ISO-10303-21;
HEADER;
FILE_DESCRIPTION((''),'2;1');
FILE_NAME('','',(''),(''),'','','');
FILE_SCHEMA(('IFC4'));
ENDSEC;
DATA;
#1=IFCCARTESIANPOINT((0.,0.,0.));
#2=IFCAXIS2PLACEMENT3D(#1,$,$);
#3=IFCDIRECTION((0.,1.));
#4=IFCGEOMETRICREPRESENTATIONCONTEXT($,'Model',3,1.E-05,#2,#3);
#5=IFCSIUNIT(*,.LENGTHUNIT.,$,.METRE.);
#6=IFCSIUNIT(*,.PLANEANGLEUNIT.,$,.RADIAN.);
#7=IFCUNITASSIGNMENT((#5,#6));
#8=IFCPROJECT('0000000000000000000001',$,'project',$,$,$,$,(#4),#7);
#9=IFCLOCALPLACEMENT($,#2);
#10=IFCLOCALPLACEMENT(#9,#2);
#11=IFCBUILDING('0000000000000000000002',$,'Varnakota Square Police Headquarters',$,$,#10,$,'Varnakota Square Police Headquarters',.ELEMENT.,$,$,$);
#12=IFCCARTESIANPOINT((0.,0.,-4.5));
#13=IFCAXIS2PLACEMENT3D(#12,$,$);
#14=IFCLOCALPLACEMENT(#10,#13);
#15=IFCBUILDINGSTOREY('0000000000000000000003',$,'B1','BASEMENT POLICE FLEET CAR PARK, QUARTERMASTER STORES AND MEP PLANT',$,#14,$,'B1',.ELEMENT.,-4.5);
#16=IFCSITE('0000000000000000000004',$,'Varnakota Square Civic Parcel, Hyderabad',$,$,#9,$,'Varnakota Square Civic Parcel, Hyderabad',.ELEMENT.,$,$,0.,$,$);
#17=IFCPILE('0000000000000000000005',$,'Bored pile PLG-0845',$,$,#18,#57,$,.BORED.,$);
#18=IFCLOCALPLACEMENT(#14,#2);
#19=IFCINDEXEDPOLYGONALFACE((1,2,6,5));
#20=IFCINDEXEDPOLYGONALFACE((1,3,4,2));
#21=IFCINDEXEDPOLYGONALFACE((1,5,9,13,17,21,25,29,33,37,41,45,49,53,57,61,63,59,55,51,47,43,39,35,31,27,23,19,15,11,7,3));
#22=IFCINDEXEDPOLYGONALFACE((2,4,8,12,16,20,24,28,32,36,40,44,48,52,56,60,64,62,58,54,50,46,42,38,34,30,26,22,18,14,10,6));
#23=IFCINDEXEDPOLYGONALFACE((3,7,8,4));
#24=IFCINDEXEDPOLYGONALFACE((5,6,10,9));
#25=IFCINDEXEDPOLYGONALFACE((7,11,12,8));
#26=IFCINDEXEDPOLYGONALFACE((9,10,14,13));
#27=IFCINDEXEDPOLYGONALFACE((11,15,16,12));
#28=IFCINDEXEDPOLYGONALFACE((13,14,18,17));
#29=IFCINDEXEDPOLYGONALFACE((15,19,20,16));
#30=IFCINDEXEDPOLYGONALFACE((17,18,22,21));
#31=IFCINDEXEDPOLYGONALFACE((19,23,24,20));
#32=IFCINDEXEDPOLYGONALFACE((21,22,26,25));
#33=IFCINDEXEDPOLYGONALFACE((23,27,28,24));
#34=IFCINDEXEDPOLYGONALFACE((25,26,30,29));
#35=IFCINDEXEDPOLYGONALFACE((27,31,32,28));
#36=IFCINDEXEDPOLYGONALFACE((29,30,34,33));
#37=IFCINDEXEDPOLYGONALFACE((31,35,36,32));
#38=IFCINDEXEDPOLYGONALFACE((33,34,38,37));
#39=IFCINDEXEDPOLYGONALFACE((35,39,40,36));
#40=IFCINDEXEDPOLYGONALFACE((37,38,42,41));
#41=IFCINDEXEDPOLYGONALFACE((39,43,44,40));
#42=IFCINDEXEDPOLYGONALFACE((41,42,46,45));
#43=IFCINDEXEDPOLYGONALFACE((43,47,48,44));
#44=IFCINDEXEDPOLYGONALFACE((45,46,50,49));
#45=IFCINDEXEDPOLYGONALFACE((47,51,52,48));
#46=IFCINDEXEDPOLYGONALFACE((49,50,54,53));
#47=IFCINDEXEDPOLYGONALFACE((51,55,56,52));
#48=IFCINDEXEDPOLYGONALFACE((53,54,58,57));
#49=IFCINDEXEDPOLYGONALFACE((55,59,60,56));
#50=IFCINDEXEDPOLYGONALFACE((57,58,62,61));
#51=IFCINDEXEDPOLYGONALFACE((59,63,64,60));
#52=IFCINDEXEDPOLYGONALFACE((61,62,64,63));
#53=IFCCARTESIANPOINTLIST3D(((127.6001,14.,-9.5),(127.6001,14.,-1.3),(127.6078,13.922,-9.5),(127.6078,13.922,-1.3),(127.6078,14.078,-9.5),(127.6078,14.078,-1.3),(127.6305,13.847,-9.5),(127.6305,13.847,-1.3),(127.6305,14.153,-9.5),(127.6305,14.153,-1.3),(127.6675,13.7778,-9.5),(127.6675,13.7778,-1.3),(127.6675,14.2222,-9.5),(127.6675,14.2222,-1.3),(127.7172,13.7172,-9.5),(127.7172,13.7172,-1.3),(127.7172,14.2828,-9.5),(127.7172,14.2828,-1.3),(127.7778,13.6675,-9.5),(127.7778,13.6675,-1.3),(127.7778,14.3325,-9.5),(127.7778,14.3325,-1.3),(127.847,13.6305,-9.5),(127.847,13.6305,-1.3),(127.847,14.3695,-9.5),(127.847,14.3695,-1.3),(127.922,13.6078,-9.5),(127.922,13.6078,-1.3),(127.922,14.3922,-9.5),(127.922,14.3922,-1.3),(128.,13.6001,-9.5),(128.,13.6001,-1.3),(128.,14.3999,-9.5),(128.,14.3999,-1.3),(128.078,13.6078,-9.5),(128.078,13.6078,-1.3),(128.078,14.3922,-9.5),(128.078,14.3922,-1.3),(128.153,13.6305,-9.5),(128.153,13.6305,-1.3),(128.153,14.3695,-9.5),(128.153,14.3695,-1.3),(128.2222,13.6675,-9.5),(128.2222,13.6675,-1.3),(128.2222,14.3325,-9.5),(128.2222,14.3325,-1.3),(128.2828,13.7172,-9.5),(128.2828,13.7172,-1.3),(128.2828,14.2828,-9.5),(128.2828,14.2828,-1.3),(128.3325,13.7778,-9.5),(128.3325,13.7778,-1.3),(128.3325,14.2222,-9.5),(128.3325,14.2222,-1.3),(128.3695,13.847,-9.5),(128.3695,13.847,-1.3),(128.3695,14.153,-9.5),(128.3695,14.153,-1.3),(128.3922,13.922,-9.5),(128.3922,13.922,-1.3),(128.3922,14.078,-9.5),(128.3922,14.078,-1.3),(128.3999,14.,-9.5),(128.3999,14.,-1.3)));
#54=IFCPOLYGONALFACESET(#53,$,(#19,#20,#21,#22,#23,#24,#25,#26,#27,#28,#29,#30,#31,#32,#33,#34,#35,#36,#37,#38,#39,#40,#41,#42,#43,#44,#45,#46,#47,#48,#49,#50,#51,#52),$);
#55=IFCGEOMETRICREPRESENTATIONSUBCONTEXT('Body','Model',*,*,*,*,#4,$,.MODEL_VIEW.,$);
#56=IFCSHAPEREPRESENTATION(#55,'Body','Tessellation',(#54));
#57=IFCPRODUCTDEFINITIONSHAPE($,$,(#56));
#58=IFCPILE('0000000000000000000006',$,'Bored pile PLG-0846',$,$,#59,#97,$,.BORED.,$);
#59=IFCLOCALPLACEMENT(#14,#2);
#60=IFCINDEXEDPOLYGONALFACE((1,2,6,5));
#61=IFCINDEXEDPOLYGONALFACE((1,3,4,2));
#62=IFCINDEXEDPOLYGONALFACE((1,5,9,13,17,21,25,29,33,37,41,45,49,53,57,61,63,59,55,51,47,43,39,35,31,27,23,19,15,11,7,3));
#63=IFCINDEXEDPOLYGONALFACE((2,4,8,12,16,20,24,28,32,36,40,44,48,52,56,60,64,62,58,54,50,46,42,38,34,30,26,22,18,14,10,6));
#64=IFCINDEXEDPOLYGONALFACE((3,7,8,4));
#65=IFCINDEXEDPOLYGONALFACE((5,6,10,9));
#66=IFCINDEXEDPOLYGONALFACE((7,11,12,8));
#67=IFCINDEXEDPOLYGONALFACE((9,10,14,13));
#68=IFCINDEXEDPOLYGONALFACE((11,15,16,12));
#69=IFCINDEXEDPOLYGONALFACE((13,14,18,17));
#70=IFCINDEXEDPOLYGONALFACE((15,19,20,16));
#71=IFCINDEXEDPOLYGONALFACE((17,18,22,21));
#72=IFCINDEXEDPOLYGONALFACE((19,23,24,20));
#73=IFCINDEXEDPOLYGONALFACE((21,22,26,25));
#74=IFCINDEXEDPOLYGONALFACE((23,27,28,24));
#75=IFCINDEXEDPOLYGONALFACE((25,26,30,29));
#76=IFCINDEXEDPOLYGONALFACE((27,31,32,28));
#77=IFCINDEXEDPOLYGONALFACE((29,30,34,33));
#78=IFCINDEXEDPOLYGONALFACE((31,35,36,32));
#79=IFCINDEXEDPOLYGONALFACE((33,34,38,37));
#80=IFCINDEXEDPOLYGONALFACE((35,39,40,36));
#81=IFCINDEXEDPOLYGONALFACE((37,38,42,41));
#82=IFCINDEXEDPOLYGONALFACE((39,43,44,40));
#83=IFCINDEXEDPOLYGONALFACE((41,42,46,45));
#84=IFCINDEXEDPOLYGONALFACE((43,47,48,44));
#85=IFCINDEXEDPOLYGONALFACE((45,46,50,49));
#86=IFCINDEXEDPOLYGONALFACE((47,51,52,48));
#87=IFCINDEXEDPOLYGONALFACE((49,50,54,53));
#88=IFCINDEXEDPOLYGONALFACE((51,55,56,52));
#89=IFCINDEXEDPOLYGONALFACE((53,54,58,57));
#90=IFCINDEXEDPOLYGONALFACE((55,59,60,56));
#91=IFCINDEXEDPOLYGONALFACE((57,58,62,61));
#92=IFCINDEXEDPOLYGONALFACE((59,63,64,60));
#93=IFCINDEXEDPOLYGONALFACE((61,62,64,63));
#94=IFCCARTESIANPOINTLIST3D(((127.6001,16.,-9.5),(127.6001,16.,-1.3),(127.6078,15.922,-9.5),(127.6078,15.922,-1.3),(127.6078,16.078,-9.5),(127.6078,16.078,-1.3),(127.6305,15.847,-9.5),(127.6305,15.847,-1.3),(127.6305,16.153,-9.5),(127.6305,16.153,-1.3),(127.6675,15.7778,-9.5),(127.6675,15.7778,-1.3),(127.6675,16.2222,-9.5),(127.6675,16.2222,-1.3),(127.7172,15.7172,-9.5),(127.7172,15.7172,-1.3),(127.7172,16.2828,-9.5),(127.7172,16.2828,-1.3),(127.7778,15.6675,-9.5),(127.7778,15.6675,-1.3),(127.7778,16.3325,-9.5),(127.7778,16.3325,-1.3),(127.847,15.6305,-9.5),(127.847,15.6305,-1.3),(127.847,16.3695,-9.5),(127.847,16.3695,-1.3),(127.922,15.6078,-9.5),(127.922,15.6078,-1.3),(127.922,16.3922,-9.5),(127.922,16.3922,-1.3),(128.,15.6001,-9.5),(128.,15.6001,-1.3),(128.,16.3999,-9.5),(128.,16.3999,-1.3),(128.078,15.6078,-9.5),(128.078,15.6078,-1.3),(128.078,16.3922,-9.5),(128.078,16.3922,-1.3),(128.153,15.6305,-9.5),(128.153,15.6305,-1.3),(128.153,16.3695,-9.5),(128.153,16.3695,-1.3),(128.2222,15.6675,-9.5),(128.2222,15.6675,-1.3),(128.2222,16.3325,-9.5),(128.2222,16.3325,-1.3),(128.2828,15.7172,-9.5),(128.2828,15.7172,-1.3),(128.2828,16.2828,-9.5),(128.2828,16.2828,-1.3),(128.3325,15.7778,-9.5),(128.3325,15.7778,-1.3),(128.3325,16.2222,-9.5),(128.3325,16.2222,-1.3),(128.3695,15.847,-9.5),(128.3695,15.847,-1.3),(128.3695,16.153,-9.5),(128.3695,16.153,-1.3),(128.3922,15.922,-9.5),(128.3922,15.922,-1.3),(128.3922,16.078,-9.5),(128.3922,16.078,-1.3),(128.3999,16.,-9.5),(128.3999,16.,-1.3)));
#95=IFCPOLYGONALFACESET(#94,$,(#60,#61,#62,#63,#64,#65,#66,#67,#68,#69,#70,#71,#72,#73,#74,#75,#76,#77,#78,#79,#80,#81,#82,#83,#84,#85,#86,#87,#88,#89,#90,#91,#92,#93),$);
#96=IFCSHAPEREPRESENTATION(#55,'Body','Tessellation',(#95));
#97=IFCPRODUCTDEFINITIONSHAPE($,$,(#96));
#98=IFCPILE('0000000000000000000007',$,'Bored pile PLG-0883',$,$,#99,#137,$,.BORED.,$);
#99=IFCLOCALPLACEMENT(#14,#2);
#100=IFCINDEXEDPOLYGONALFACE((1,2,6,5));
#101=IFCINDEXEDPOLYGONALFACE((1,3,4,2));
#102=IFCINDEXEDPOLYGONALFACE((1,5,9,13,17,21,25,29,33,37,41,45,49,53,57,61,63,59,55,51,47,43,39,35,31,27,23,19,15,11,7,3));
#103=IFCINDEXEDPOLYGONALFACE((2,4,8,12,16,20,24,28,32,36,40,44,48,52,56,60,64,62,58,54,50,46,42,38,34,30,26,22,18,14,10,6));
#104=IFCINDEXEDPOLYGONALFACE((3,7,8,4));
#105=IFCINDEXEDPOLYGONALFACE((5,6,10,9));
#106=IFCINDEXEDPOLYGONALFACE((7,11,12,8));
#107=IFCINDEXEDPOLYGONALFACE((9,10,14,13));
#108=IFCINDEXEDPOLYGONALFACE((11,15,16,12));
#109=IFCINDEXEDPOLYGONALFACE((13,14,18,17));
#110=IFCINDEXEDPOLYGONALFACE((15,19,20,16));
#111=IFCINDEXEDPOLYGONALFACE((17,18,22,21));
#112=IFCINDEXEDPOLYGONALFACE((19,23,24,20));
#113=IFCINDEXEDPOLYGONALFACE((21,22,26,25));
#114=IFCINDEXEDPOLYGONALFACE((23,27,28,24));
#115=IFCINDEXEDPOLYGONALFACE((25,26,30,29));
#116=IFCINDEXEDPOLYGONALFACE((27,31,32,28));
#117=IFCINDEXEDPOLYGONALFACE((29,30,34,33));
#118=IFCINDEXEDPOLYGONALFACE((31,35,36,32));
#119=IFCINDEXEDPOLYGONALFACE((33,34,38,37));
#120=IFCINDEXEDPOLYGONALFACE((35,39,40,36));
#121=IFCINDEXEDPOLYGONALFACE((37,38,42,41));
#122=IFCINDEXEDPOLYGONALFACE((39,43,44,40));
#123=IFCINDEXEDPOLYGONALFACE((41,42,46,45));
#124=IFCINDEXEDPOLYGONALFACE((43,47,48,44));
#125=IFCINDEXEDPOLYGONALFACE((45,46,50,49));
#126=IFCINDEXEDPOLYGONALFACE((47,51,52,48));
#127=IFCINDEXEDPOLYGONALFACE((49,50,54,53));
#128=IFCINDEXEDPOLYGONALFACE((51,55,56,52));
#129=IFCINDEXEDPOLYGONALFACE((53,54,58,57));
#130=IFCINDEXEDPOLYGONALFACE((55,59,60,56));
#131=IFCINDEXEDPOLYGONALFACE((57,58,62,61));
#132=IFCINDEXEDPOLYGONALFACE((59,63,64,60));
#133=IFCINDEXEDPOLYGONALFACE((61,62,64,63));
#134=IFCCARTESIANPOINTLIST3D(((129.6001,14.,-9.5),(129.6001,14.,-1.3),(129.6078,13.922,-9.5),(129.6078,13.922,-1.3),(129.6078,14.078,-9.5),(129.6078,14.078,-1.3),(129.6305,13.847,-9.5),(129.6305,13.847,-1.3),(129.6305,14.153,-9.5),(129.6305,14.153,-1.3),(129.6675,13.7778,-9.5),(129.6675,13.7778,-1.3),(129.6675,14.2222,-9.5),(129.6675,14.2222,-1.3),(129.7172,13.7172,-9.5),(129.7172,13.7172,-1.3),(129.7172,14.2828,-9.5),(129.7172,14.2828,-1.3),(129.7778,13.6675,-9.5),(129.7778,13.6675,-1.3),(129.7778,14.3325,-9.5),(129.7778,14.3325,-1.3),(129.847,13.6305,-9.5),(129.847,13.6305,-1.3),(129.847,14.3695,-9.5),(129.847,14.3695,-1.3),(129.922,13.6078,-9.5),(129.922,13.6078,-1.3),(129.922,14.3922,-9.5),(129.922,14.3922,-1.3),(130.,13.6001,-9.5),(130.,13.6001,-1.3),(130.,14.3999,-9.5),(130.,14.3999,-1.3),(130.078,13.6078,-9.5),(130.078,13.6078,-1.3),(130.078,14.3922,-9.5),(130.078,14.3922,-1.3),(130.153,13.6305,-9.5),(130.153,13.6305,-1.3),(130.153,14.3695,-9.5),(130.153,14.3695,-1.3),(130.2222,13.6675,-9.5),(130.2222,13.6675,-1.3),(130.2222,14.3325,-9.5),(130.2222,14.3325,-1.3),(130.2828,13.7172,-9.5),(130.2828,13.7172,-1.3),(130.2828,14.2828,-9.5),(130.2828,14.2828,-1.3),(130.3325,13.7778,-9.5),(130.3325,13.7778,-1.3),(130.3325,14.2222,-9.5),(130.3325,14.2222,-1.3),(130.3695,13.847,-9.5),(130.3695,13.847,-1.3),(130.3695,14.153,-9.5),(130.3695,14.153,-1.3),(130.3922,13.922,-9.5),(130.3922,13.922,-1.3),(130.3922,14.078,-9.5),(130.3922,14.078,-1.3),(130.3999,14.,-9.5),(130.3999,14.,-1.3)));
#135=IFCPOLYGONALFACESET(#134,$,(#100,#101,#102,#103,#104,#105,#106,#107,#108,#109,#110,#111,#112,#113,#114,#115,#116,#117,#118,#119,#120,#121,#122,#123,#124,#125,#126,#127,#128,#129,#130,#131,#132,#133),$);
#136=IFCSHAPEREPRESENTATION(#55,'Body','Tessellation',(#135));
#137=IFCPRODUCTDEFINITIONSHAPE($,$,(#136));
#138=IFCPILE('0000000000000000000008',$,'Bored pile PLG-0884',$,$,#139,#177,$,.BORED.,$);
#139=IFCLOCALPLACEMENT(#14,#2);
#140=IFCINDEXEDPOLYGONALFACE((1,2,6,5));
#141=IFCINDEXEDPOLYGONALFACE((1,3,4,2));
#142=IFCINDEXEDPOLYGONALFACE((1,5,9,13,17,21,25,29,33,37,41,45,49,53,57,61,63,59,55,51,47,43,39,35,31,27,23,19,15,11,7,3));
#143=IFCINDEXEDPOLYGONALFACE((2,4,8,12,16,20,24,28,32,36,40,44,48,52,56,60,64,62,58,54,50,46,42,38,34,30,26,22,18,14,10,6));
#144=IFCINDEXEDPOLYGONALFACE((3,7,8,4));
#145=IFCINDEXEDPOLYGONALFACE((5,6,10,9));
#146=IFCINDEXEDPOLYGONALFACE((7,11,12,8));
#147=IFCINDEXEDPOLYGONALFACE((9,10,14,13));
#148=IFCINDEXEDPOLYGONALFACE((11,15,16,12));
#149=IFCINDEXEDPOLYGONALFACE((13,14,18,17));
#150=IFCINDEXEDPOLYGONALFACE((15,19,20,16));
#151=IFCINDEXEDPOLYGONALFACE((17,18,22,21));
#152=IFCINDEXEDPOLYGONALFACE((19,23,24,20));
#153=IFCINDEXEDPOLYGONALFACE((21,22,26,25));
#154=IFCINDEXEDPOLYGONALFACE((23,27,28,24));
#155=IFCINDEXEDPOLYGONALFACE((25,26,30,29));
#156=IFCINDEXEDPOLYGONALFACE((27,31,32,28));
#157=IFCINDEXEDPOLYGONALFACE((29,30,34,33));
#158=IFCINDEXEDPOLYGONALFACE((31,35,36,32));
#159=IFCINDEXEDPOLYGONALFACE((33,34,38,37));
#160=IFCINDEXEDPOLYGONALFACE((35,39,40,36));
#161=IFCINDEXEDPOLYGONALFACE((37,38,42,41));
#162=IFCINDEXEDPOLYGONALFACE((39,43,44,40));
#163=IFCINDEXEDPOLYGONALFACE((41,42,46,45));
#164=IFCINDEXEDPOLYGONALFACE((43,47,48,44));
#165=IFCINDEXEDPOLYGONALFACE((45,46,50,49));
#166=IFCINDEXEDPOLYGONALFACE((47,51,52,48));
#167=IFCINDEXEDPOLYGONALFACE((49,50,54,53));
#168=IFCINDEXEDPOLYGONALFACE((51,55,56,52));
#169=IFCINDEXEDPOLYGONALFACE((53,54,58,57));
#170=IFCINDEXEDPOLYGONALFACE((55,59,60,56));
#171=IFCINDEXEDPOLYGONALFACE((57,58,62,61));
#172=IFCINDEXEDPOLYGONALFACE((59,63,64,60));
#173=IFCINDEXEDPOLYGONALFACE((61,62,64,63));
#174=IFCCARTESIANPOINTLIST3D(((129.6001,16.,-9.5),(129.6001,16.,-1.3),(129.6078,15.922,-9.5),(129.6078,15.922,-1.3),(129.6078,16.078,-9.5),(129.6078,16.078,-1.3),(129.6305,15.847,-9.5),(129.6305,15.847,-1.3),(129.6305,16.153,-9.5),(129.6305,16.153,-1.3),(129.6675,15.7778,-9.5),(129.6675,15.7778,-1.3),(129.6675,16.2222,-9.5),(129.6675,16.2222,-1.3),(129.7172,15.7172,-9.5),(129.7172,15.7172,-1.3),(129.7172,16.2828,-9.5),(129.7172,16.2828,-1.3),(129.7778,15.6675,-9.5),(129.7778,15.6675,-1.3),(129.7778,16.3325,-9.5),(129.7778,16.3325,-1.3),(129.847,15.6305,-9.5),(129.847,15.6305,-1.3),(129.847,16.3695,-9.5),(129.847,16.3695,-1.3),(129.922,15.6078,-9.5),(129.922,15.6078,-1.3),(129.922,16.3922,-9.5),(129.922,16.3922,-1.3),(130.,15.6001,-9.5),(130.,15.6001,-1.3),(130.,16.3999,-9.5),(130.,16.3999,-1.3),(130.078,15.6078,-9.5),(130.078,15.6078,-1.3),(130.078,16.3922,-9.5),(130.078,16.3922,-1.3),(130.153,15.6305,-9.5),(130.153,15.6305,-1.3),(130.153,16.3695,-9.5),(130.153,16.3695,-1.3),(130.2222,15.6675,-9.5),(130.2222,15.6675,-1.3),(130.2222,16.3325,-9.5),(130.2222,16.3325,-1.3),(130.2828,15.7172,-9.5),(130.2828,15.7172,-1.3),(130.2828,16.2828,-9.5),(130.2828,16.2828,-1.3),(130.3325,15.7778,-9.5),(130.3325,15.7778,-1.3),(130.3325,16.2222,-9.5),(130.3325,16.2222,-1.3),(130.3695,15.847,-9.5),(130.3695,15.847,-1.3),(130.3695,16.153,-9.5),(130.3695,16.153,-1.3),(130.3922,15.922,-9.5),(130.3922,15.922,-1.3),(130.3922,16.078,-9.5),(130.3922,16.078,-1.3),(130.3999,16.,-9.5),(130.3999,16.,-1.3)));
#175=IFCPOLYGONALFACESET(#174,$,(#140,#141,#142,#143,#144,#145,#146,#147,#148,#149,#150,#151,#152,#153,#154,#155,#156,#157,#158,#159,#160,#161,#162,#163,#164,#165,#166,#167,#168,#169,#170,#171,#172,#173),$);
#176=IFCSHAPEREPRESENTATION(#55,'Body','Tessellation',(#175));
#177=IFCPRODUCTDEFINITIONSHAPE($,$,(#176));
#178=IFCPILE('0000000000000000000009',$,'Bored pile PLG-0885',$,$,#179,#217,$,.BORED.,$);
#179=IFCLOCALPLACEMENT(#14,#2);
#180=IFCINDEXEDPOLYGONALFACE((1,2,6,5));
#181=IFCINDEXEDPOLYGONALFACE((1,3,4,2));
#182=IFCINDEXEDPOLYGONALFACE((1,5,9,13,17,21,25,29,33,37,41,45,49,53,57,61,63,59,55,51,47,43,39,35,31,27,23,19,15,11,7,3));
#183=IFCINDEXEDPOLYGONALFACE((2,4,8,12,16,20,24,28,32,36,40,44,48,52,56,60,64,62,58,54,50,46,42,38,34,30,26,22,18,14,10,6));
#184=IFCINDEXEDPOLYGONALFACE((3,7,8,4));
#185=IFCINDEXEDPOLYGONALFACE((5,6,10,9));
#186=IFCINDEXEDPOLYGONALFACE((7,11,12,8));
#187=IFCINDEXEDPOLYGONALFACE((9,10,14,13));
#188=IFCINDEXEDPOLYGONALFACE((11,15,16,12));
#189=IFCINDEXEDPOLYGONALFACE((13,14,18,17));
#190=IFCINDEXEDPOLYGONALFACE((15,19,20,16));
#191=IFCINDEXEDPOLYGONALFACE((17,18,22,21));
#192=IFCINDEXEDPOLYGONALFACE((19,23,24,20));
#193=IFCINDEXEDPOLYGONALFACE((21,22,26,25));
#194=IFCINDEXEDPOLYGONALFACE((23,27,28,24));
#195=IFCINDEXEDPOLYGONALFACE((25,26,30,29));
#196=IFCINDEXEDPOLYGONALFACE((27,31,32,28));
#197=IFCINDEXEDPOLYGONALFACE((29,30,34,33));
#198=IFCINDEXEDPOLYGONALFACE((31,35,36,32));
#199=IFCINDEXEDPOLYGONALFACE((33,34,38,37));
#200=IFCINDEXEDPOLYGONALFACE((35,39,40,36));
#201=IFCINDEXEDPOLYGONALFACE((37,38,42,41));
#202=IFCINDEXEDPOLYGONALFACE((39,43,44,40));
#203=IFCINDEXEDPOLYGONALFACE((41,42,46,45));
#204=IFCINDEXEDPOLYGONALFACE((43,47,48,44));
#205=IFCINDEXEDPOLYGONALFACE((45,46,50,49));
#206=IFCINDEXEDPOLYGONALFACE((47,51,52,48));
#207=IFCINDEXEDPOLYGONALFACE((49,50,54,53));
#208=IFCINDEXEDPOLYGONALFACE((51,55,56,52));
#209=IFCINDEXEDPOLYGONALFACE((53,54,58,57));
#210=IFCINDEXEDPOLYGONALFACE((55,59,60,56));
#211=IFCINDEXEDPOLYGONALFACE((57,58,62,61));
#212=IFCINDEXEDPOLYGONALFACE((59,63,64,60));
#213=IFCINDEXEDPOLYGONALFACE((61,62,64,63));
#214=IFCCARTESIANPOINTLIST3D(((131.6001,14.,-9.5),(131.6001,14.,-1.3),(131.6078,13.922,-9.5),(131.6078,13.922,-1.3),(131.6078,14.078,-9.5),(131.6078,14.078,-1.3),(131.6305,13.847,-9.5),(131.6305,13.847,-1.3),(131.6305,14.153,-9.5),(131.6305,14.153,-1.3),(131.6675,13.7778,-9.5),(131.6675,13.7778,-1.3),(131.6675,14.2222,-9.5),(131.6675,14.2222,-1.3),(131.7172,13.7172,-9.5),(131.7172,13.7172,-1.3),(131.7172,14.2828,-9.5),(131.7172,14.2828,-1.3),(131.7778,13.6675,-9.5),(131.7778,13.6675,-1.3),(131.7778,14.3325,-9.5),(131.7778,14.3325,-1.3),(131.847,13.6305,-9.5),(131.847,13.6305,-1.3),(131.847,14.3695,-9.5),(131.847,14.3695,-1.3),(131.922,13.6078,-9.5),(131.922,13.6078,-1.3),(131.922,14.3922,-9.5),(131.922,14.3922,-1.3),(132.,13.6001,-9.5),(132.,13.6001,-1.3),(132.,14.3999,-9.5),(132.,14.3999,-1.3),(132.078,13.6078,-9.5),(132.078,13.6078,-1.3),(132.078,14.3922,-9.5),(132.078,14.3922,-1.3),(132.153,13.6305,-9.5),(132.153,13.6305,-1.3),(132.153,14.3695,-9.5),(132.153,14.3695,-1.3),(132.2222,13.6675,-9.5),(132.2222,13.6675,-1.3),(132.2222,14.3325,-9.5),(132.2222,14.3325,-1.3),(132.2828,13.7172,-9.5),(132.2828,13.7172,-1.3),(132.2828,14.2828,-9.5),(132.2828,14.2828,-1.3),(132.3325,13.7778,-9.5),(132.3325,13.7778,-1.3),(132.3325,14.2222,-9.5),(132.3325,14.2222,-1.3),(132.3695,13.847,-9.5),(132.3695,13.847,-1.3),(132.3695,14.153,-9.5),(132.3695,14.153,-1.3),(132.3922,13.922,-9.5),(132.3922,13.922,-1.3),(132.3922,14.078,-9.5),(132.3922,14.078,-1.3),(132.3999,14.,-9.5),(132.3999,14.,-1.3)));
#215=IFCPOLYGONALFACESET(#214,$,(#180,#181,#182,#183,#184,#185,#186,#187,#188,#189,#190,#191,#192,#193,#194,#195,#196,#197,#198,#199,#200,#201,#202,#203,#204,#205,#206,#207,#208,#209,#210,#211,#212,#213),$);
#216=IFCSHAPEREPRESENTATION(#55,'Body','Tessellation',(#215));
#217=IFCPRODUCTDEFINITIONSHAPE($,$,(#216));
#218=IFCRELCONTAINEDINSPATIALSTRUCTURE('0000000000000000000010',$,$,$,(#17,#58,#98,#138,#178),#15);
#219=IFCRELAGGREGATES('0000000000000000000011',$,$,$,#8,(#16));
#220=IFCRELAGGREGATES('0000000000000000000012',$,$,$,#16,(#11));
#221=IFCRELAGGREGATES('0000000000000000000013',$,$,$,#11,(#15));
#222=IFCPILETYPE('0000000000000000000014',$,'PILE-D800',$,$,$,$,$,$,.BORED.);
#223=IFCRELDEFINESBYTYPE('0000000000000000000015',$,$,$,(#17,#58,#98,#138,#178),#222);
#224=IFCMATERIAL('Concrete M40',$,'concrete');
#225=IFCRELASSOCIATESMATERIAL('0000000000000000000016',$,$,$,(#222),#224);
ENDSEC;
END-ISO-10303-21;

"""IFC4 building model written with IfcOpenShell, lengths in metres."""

from ifc_helpers import new_model, si_unit, direction, frame, origin, origin_2d, place, context, subcontext, project, spatial, circle, extrude, material, material_profile, profile_set, type_object, element, save


model = new_model("IFC4")

# Units and contexts
model_context = context("Model", 3, precision=1e-05, world=origin(), true_north=direction((0.0, 1.0)))
body_context = subcontext(model_context, "Body", "Model", "MODEL_VIEW")
ifc_project = project(units=[si_unit("LENGTHUNIT", "METRE"), si_unit("PLANEANGLEUNIT", "RADIAN")], contexts=[model_context])

# Site, building, storey
site_placement = place(None, origin())
site = spatial("IfcSite", under=ifc_project, at=site_placement, Name="Varnakota Square Civic Parcel, Hyderabad", LongName="Varnakota Square Civic Parcel, Hyderabad", CompositionType="ELEMENT", RefElevation=0.0)
building_placement = place(site_placement, origin())
building = spatial("IfcBuilding", under=site, at=building_placement, Name="Varnakota Square Police Headquarters", LongName="Varnakota Square Police Headquarters", CompositionType="ELEMENT")
storey_placement = place(building_placement, frame((0.0, 0.0, -4.5)))
storey = spatial("IfcBuildingStorey", under=building, at=storey_placement, Name="B1", Description="BASEMENT POLICE FLEET CAR PARK, QUARTERMASTER STORES AND MEP PLANT", LongName="B1", CompositionType="ELEMENT", Elevation=-4.5)

# Piles
ifc_material_1 = material(Name="Concrete M40", Category="concrete")
ifc_material_profile_1 = material_profile(ifc_material_1, circle(Radius=0.3999, at=origin_2d()), Name="BORED PILE 800")
ifc_profile_set_1 = profile_set([ifc_material_profile_1], Name="Concrete M40")
pile_type = type_object("IfcPileType", Name="PILE-D800", PredefinedType="BORED", material=ifc_profile_set_1)
for number, where, z_axis, x_axis, name in (
    (1, (128.0, 14.0, -1.3), (0.0, 0.0, -1.0), (1.0, 0.0, 0.0), "Bored pile PLG-0845"),
    (2, (128.0, 16.0, -1.3), (0.0, 0.0, -1.0), (1.0, 0.0, 0.0), "Bored pile PLG-0846"),
    (3, (130.0, 14.0, -1.3), (0.0, 0.0, -1.0), (1.0, 0.0, 0.0), "Bored pile PLG-0883"),
    (4, (130.0, 16.0, -1.3), (0.0, 0.0, -1.0), (1.0, 0.0, 0.0), "Bored pile PLG-0884"),
    (5, (132.0, 14.0, -1.3), (0.0, 0.0, -1.0), (1.0, 0.0, 0.0), "Bored pile PLG-0885"),
):
    element("IfcPile", number, at=place(storey_placement, frame(where, z_axis=z_axis, x_axis=x_axis)), inside=storey, type_object=pile_type, Name=name, PredefinedType="BORED", context=body_context, shape_type="SweptSolid", body=[
        extrude(circle(Radius=0.3999, at=origin_2d()), origin(), (0.0, 0.0, 1.0), 8.2),
    ])

save(model, "model.ifc")
